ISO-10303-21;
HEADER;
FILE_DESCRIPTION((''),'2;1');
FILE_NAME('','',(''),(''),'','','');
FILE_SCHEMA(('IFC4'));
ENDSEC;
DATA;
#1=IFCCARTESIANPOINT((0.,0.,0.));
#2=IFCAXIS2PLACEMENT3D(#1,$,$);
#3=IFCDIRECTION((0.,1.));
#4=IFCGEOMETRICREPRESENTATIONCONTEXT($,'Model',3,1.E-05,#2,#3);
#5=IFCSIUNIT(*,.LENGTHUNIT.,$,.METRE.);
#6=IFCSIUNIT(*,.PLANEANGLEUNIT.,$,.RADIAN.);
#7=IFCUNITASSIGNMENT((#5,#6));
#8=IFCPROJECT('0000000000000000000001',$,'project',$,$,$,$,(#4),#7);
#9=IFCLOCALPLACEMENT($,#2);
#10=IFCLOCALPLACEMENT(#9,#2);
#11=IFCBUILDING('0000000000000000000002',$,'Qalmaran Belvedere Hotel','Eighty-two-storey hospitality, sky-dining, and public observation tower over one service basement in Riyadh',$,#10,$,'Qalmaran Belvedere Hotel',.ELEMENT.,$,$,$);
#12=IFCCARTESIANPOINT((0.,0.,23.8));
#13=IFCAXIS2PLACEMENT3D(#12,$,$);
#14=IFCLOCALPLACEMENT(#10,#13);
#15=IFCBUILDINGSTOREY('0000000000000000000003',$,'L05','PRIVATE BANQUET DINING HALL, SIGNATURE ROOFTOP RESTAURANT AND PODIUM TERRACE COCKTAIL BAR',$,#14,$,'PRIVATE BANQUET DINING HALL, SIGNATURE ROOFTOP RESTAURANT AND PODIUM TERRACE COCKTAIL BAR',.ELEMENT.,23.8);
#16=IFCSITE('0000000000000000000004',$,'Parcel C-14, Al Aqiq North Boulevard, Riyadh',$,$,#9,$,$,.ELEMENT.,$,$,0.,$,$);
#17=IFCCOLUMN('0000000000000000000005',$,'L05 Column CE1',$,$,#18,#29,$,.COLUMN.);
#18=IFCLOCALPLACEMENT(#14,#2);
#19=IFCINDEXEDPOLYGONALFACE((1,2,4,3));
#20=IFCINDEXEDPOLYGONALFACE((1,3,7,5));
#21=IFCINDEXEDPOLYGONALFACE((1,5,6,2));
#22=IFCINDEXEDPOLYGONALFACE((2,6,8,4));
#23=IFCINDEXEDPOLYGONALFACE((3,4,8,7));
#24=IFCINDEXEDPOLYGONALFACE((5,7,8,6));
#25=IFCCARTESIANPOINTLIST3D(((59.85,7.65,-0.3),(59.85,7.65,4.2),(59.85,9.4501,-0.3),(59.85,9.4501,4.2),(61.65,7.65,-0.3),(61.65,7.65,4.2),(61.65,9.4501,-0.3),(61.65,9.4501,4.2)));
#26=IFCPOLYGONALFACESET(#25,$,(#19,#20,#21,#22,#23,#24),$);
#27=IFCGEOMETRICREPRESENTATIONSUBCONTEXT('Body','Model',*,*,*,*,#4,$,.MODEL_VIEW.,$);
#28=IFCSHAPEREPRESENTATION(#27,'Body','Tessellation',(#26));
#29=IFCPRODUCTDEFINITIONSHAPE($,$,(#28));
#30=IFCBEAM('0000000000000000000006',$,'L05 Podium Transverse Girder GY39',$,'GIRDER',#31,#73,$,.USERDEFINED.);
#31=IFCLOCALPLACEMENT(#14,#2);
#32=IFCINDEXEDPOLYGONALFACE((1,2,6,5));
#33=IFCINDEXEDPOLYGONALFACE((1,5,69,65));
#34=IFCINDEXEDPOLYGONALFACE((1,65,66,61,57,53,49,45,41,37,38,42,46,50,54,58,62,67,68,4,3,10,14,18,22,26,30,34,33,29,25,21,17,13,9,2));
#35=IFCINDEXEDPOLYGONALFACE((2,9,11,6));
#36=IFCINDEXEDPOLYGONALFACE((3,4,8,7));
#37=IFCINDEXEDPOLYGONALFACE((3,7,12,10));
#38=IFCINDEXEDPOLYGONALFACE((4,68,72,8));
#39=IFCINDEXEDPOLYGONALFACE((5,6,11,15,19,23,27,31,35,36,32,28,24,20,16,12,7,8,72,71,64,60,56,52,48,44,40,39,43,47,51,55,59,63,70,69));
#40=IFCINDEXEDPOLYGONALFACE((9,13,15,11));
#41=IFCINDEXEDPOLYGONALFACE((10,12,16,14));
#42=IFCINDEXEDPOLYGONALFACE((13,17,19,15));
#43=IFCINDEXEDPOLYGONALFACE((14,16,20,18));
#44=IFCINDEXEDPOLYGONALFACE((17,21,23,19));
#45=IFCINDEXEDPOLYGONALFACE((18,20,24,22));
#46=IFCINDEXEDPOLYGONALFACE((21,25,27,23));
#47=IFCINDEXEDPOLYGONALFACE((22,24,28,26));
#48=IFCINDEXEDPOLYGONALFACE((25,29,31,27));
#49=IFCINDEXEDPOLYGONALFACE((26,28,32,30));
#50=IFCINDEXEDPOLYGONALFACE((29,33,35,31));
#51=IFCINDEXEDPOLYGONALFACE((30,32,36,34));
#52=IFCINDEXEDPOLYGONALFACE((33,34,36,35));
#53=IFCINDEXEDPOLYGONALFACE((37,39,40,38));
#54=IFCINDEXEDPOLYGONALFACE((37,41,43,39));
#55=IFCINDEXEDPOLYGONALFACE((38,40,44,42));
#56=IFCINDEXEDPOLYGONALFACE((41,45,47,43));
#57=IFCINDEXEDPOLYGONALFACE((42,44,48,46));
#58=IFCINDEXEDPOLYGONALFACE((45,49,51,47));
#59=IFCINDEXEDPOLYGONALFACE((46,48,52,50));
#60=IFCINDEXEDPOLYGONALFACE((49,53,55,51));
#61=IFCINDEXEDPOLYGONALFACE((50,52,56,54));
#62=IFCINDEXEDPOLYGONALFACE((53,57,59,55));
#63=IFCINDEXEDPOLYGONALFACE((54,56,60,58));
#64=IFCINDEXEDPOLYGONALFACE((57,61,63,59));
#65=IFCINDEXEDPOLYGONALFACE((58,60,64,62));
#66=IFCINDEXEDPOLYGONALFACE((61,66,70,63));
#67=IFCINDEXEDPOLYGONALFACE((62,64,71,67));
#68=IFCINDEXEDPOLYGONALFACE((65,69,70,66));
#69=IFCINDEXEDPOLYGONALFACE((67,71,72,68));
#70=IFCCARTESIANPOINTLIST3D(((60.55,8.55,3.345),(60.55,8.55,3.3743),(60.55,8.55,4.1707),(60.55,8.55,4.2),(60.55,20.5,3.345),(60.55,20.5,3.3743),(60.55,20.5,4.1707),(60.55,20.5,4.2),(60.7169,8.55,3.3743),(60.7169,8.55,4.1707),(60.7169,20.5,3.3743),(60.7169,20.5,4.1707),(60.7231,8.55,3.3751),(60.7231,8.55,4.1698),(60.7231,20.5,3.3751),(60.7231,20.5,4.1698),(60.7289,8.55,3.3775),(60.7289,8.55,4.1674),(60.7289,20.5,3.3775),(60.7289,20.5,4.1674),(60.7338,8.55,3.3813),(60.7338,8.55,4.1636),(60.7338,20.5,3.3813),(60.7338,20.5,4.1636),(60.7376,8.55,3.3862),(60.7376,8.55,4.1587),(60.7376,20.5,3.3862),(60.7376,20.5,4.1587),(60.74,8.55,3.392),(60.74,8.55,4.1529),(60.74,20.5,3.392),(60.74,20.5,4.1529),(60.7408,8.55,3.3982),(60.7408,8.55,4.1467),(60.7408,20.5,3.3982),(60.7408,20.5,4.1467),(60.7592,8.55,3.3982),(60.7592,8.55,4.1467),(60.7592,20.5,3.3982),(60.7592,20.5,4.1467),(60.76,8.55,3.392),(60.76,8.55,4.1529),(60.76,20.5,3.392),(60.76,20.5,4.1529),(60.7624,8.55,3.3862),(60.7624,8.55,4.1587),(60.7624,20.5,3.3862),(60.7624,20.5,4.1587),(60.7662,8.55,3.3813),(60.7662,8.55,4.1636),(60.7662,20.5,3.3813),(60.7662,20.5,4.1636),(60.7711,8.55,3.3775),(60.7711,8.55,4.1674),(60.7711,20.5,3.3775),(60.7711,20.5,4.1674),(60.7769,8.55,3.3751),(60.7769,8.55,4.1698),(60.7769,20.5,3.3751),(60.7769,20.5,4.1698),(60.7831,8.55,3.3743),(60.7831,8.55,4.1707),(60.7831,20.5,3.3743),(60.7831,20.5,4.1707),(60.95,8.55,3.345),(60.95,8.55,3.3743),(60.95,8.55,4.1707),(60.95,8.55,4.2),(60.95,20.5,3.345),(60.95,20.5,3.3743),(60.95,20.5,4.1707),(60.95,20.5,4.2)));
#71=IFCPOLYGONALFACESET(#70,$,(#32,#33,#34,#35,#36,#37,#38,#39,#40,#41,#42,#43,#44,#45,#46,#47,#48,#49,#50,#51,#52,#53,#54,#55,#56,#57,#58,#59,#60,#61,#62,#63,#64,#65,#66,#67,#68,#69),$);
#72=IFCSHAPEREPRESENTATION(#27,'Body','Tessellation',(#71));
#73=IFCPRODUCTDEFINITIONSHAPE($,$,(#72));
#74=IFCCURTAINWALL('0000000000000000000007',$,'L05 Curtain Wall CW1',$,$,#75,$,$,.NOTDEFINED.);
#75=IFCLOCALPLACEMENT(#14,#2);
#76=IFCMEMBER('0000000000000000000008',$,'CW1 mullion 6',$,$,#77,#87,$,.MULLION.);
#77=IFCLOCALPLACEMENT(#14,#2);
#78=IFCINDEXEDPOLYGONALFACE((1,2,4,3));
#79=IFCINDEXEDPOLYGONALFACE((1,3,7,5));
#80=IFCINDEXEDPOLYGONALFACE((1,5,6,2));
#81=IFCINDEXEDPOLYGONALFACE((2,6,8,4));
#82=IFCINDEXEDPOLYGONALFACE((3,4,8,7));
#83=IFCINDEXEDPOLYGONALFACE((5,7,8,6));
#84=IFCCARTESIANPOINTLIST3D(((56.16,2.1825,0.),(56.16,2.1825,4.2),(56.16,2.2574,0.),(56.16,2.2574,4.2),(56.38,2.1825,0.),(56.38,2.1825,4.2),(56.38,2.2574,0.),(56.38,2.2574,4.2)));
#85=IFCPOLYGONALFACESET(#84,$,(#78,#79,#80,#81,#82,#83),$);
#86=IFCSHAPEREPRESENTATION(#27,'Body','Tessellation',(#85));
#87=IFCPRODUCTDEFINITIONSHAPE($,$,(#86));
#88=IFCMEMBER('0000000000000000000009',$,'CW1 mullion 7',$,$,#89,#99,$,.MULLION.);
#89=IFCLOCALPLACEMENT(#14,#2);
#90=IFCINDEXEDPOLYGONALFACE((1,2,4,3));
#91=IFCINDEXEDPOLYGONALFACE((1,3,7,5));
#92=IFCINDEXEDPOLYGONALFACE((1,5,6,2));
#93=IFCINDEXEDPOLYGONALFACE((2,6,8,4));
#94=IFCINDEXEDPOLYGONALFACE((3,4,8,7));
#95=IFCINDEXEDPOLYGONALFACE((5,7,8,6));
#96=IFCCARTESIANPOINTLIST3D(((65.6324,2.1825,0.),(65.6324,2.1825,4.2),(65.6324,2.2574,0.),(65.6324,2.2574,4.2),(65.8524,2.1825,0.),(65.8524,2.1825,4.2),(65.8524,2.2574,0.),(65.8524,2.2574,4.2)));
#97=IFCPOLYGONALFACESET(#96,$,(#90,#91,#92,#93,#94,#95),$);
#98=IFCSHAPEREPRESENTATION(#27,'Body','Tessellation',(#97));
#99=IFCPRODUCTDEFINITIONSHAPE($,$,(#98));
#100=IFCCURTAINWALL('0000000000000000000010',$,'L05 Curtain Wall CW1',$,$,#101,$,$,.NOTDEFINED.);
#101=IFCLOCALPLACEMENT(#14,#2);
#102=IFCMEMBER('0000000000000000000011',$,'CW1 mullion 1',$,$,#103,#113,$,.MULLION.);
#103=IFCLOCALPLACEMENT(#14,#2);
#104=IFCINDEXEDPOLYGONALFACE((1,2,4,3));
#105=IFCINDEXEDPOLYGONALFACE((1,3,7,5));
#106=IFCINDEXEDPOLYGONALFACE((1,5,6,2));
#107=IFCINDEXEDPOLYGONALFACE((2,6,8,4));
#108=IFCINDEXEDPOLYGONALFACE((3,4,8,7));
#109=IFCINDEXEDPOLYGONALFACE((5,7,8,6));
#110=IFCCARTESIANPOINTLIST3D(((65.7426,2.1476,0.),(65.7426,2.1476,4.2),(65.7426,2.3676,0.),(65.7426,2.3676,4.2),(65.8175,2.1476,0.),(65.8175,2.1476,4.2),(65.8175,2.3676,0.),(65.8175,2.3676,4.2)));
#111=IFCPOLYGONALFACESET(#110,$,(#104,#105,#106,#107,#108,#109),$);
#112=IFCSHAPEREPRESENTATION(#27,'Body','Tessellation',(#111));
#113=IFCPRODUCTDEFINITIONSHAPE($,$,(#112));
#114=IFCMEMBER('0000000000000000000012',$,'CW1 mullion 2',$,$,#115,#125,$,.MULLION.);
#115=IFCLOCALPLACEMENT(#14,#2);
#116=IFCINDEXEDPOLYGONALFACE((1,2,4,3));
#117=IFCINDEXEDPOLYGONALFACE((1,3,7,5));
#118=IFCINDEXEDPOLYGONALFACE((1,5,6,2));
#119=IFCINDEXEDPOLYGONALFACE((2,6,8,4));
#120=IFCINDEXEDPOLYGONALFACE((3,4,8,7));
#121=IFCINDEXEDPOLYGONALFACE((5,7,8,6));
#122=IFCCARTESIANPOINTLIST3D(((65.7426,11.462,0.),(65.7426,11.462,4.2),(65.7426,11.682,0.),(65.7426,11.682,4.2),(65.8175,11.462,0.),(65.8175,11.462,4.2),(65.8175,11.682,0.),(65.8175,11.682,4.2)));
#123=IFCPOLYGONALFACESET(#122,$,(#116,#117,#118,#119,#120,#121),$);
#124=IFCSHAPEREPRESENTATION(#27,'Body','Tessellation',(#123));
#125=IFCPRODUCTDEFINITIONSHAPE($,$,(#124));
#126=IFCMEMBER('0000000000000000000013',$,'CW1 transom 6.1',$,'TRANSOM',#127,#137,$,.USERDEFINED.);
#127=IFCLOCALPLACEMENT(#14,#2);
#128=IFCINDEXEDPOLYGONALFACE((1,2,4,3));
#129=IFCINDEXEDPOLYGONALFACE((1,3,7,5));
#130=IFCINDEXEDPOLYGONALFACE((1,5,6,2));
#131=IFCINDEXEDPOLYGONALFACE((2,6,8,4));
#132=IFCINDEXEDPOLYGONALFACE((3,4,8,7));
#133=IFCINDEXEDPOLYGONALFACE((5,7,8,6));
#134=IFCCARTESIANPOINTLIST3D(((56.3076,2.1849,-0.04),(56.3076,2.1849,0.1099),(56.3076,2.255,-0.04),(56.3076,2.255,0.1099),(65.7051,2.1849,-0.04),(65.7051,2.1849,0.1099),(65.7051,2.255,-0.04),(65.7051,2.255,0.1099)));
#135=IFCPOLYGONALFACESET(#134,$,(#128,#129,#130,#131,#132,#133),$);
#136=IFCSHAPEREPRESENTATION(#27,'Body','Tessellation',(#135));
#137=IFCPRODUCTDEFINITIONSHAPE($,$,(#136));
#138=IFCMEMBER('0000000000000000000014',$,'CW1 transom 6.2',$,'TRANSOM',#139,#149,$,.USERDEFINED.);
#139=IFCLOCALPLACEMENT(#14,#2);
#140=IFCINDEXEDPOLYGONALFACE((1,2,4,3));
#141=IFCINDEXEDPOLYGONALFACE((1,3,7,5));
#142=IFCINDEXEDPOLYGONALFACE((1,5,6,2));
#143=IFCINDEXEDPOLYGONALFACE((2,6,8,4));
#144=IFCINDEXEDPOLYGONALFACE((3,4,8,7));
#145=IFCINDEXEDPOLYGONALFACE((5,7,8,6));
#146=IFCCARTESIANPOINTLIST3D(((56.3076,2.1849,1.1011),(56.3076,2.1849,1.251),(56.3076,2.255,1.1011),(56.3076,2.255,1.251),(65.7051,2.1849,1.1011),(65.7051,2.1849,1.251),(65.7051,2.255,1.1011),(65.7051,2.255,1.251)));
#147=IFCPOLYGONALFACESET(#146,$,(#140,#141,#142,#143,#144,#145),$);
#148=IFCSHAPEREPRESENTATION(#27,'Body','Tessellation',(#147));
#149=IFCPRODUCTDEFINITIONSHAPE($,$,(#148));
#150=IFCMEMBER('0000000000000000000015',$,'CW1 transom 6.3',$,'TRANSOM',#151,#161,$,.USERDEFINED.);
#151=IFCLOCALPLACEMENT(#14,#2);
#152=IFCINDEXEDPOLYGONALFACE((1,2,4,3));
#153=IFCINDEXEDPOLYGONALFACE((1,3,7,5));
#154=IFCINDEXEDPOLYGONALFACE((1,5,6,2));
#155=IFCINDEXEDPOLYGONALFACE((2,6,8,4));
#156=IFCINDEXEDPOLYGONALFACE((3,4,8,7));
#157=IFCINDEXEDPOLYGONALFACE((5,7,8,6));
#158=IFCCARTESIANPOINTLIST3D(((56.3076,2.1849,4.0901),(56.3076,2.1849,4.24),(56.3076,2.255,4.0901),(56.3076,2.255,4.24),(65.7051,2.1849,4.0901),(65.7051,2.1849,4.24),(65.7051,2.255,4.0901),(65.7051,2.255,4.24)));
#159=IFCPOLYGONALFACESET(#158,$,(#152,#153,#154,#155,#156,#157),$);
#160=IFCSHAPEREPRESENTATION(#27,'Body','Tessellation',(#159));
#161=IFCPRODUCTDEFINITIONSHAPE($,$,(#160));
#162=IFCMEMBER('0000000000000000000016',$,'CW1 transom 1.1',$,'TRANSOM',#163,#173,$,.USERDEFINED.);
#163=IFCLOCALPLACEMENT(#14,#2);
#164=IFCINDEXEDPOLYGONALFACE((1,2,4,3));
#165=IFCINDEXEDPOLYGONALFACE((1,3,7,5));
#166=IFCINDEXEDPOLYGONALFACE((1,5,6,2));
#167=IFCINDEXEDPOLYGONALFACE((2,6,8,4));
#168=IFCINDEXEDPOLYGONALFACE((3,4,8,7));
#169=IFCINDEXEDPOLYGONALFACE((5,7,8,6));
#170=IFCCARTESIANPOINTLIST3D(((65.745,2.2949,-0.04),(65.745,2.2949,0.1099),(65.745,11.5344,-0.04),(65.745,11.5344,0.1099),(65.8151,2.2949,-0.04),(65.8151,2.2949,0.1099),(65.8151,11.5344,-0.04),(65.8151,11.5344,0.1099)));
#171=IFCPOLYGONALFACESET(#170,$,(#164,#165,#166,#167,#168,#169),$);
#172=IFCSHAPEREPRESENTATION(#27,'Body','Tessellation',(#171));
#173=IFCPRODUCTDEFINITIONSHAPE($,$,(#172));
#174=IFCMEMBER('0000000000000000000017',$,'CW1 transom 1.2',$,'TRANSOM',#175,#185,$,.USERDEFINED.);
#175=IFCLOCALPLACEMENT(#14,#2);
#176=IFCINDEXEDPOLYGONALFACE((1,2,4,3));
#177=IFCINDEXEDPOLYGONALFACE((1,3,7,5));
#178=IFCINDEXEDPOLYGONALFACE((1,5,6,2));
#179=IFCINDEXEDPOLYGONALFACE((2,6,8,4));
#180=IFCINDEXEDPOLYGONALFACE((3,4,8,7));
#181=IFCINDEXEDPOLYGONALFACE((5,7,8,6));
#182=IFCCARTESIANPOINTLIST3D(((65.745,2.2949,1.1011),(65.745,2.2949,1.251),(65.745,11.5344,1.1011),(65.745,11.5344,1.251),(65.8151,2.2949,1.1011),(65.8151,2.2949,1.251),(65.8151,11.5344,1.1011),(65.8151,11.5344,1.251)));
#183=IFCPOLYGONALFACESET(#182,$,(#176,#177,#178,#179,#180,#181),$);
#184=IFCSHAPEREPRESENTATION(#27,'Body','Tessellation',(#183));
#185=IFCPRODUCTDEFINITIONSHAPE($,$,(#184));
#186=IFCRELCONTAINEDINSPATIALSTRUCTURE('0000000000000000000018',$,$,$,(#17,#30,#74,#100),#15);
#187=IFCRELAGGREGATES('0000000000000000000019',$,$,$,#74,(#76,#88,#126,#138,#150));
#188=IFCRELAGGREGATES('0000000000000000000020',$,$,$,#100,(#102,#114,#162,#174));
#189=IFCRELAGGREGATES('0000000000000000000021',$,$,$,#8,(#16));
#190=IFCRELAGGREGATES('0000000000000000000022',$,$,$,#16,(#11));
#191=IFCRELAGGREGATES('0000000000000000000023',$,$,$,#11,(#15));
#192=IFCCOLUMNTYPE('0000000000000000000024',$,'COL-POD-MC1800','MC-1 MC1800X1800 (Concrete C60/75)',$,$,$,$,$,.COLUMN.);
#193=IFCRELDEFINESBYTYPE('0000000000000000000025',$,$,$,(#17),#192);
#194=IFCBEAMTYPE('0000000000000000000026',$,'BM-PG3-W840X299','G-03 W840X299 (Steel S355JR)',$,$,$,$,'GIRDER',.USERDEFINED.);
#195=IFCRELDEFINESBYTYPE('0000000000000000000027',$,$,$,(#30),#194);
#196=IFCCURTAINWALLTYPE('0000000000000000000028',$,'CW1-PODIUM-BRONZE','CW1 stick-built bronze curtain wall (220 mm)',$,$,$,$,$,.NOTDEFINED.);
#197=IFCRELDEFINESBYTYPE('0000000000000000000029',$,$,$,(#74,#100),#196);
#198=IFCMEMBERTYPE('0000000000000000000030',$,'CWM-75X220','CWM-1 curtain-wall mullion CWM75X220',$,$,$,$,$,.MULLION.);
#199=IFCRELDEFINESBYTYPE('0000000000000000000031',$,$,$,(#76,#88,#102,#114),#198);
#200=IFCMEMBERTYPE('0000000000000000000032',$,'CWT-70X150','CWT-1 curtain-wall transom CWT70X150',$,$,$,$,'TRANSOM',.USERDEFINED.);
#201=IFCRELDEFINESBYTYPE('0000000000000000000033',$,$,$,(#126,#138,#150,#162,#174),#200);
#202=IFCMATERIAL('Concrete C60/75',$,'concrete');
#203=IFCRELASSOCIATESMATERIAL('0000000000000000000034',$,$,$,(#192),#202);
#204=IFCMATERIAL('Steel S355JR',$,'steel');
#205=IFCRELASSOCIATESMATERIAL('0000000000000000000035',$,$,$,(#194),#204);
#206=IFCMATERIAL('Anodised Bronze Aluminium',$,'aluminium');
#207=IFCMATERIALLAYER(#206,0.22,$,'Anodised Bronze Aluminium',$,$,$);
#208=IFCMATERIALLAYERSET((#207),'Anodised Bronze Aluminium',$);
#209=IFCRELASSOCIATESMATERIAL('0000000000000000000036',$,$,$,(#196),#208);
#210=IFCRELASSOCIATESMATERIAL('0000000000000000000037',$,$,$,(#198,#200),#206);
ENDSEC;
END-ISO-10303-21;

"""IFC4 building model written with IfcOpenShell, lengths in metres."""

from ifc_helpers import new_model, si_unit, direction, frame, origin, origin_2d, place, context, subcontext, project, spatial, rectangle, i_section, extrude, material, layer, layer_set, material_profile, profile_set, type_object, element, aggregate, save


model = new_model("IFC4")

# Units and contexts
model_context = context("Model", 3, precision=1e-05, world=origin(), true_north=direction((0.0, 1.0)))
body_context = subcontext(model_context, "Body", "Model", "MODEL_VIEW")
ifc_project = project(units=[si_unit("LENGTHUNIT", "METRE"), si_unit("PLANEANGLEUNIT", "RADIAN")], contexts=[model_context])

# Site, building, storey
site_placement = place(None, origin())
site = spatial("IfcSite", under=ifc_project, at=site_placement, Name="Parcel C-14, Al Aqiq North Boulevard, Riyadh", CompositionType="ELEMENT", RefElevation=0.0)
building_placement = place(site_placement, origin())
building = spatial("IfcBuilding", under=site, at=building_placement, Name="Qalmaran Belvedere Hotel", Description="Eighty-two-storey hospitality, sky-dining, and public observation tower over one service basement in Riyadh", LongName="Qalmaran Belvedere Hotel", CompositionType="ELEMENT")
storey_placement = place(building_placement, frame((0.0, 0.0, 23.8)))
storey = spatial("IfcBuildingStorey", under=building, at=storey_placement, Name="L05", Description="PRIVATE BANQUET DINING HALL, SIGNATURE ROOFTOP RESTAURANT AND PODIUM TERRACE COCKTAIL BAR", LongName="PRIVATE BANQUET DINING HALL, SIGNATURE ROOFTOP RESTAURANT AND PODIUM TERRACE COCKTAIL BAR", CompositionType="ELEMENT", Elevation=23.8)

# Column
ifc_material_1 = material(Name="Concrete C60/75", Category="concrete")
ifc_material_profile_1 = material_profile(ifc_material_1, rectangle(XDim=1.8, YDim=1.8, at=origin_2d()), Name="MC1800X1800")
ifc_profile_set_1 = profile_set([ifc_material_profile_1], Name="Concrete C60/75")
column_type = type_object("IfcColumnType", Name="COL-POD-MC1800", Description="MC-1 MC1800X1800 (Concrete C60/75)", PredefinedType="COLUMN", material=ifc_profile_set_1)
column_placement = place(storey_placement, frame((60.75, 8.55, -0.3), z_axis=(0.0, 0.0, 1.0), x_axis=(1.0, 0.0, 0.0)))
element("IfcColumn", 1, at=column_placement, inside=storey, type_object=column_type, Name="L05 Column CE1", PredefinedType="COLUMN", context=body_context, shape_type="SweptSolid", body=[
    extrude(rectangle(XDim=1.8, YDim=1.8, at=origin_2d()), origin(), (0.0, 0.0, 1.0), 4.5),
])

# Beam
ifc_material_2 = material(Name="Steel S355JR", Category="steel")
ifc_material_profile_2 = material_profile(ifc_material_2, i_section(OverallWidth=0.3999, OverallDepth=0.855, WebThickness=0.0183, FlangeThickness=0.0293, FilletRadius=0.0239, at=origin_2d()), Name="W840X299")
ifc_profile_set_2 = profile_set([ifc_material_profile_2], Name="Steel S355JR")
beam_type = type_object("IfcBeamType", Name="BM-PG3-W840X299", Description="G-03 W840X299 (Steel S355JR)", ElementType="GIRDER", PredefinedType="USERDEFINED", material=ifc_profile_set_2)
beam_placement = place(storey_placement, frame((60.75, 8.55, 3.7725), z_axis=(0.0, 1.0, 0.0), x_axis=(-1.0, 0.0, 0.0)))
element("IfcBeam", 2, at=beam_placement, inside=storey, type_object=beam_type, Name="L05 Podium Transverse Girder GY39", ObjectType="GIRDER", PredefinedType="USERDEFINED", context=body_context, shape_type="SweptSolid", body=[
    extrude(i_section(OverallWidth=0.3999, OverallDepth=0.855, WebThickness=0.0183, FlangeThickness=0.0293, FilletRadius=0.0239, at=origin_2d()), origin(), (0.0, 0.0, 1.0), 11.95),
])

# Curtain walls, members
ifc_material_3 = material(Name="Anodised Bronze Aluminium", Category="aluminium")
ifc_layer_1 = layer(ifc_material_3, 0.22, Name="Anodised Bronze Aluminium")
ifc_layer_set_1 = layer_set([ifc_layer_1], Name="Anodised Bronze Aluminium")
curtain_wall_type = type_object("IfcCurtainWallType", Name="CW1-PODIUM-BRONZE", Description="CW1 stick-built bronze curtain wall (220 mm)", PredefinedType="NOTDEFINED", material=ifc_layer_set_1)
curtain_wall_1_placement = place(storey_placement, origin())
curtain_wall_1 = element("IfcCurtainWall", 3, at=curtain_wall_1_placement, inside=storey, type_object=curtain_wall_type, Name="L05 Curtain Wall CW1", PredefinedType="NOTDEFINED")
ifc_material_profile_3 = material_profile(ifc_material_3, rectangle(XDim=0.075, YDim=0.22, at=origin_2d()), Name="CWM75X220")
ifc_profile_set_3 = profile_set([ifc_material_profile_3], Name="Anodised Bronze Aluminium")
member_type_1 = type_object("IfcMemberType", Name="CWM-75X220", Description="CWM-1 curtain-wall mullion CWM75X220", PredefinedType="MULLION", material=ifc_profile_set_3)
member_1_placement = place(storey_placement, frame((56.27, 2.22, 0.0), z_axis=(0.0, 0.0, 1.0), x_axis=(0.0, 1.0, 0.0)))
member_1 = element("IfcMember", 4, at=member_1_placement, type_object=member_type_1, Name="CW1 mullion 6", PredefinedType="MULLION", context=body_context, shape_type="SweptSolid", body=[
    extrude(rectangle(XDim=0.075, YDim=0.22, at=origin_2d()), origin(), (0.0, 0.0, 1.0), 4.2),
])
member_2_placement = place(storey_placement, frame((65.7424, 2.22, 0.0), z_axis=(0.0, 0.0, 1.0), x_axis=(0.0, 1.0, 0.0)))
member_2 = element("IfcMember", 5, at=member_2_placement, type_object=member_type_1, Name="CW1 mullion 7", PredefinedType="MULLION", context=body_context, shape_type="SweptSolid", body=[
    extrude(rectangle(XDim=0.075, YDim=0.22, at=origin_2d()), origin(), (0.0, 0.0, 1.0), 4.2),
])
curtain_wall_2_placement = place(storey_placement, origin())
curtain_wall_2 = element("IfcCurtainWall", 6, at=curtain_wall_2_placement, inside=storey, type_object=curtain_wall_type, Name="L05 Curtain Wall CW1", PredefinedType="NOTDEFINED")
member_3_placement = place(storey_placement, frame((65.78, 2.2576, 0.0), z_axis=(0.0, 0.0, 1.0), x_axis=(-1.0, 0.0, 0.0)))
member_3 = element("IfcMember", 7, at=member_3_placement, type_object=member_type_1, Name="CW1 mullion 1", PredefinedType="MULLION", context=body_context, shape_type="SweptSolid", body=[
    extrude(rectangle(XDim=0.075, YDim=0.22, at=origin_2d()), origin(), (0.0, 0.0, 1.0), 4.2),
])
member_4_placement = place(storey_placement, frame((65.78, 11.572, 0.0), z_axis=(0.0, 0.0, 1.0), x_axis=(-1.0, 0.0, 0.0)))
member_4 = element("IfcMember", 8, at=member_4_placement, type_object=member_type_1, Name="CW1 mullion 2", PredefinedType="MULLION", context=body_context, shape_type="SweptSolid", body=[
    extrude(rectangle(XDim=0.075, YDim=0.22, at=origin_2d()), origin(), (0.0, 0.0, 1.0), 4.2),
])

# Members
ifc_material_profile_4 = material_profile(ifc_material_3, rectangle(XDim=0.0701, YDim=0.1499, at=origin_2d()), Name="CWT70X150")
ifc_profile_set_4 = profile_set([ifc_material_profile_4], Name="Anodised Bronze Aluminium")
member_type_2 = type_object("IfcMemberType", Name="CWT-70X150", Description="CWT-1 curtain-wall transom CWT70X150", ElementType="TRANSOM", PredefinedType="USERDEFINED", material=ifc_profile_set_4)
member_5_placement = place(storey_placement, frame((56.3076, 2.22, 0.0349), z_axis=(1.0, 0.0, 0.0), x_axis=(0.0, 1.0, 0.0)))
member_5 = element("IfcMember", 9, at=member_5_placement, type_object=member_type_2, Name="CW1 transom 6.1", ObjectType="TRANSOM", PredefinedType="USERDEFINED", context=body_context, shape_type="SweptSolid", body=[
    extrude(rectangle(XDim=0.0701, YDim=0.1499, at=origin_2d()), origin(), (0.0, 0.0, 1.0), 9.3975),
])
member_6_placement = place(storey_placement, frame((56.3076, 2.22, 1.176), z_axis=(1.0, 0.0, 0.0), x_axis=(0.0, 1.0, 0.0)))
member_6 = element("IfcMember", 10, at=member_6_placement, type_object=member_type_2, Name="CW1 transom 6.2", ObjectType="TRANSOM", PredefinedType="USERDEFINED", context=body_context, shape_type="SweptSolid", body=[
    extrude(rectangle(XDim=0.0701, YDim=0.1499, at=origin_2d()), origin(), (0.0, 0.0, 1.0), 9.3975),
])
member_7_placement = place(storey_placement, frame((56.3076, 2.22, 4.165), z_axis=(1.0, 0.0, 0.0), x_axis=(0.0, 1.0, 0.0)))
member_7 = element("IfcMember", 11, at=member_7_placement, type_object=member_type_2, Name="CW1 transom 6.3", ObjectType="TRANSOM", PredefinedType="USERDEFINED", context=body_context, shape_type="SweptSolid", body=[
    extrude(rectangle(XDim=0.0701, YDim=0.1499, at=origin_2d()), origin(), (0.0, 0.0, 1.0), 9.3975),
])
member_8_placement = place(storey_placement, frame((65.78, 2.2949, 0.0349), z_axis=(0.0, 1.0, 0.0), x_axis=(-1.0, 0.0, 0.0)))
member_8 = element("IfcMember", 12, at=member_8_placement, type_object=member_type_2, Name="CW1 transom 1.1", ObjectType="TRANSOM", PredefinedType="USERDEFINED", context=body_context, shape_type="SweptSolid", body=[
    extrude(rectangle(XDim=0.0701, YDim=0.1499, at=origin_2d()), origin(), (0.0, 0.0, 1.0), 9.2395),
])
member_9_placement = place(storey_placement, frame((65.78, 2.2949, 1.176), z_axis=(0.0, 1.0, 0.0), x_axis=(-1.0, 0.0, 0.0)))
member_9 = element("IfcMember", 13, at=member_9_placement, type_object=member_type_2, Name="CW1 transom 1.2", ObjectType="TRANSOM", PredefinedType="USERDEFINED", context=body_context, shape_type="SweptSolid", body=[
    extrude(rectangle(XDim=0.0701, YDim=0.1499, at=origin_2d()), origin(), (0.0, 0.0, 1.0), 9.2395),
])

aggregate(curtain_wall_1, [member_1, member_2, member_5, member_6, member_7])
aggregate(curtain_wall_2, [member_3, member_4, member_8, member_9])

save(model, "model.ifc")
